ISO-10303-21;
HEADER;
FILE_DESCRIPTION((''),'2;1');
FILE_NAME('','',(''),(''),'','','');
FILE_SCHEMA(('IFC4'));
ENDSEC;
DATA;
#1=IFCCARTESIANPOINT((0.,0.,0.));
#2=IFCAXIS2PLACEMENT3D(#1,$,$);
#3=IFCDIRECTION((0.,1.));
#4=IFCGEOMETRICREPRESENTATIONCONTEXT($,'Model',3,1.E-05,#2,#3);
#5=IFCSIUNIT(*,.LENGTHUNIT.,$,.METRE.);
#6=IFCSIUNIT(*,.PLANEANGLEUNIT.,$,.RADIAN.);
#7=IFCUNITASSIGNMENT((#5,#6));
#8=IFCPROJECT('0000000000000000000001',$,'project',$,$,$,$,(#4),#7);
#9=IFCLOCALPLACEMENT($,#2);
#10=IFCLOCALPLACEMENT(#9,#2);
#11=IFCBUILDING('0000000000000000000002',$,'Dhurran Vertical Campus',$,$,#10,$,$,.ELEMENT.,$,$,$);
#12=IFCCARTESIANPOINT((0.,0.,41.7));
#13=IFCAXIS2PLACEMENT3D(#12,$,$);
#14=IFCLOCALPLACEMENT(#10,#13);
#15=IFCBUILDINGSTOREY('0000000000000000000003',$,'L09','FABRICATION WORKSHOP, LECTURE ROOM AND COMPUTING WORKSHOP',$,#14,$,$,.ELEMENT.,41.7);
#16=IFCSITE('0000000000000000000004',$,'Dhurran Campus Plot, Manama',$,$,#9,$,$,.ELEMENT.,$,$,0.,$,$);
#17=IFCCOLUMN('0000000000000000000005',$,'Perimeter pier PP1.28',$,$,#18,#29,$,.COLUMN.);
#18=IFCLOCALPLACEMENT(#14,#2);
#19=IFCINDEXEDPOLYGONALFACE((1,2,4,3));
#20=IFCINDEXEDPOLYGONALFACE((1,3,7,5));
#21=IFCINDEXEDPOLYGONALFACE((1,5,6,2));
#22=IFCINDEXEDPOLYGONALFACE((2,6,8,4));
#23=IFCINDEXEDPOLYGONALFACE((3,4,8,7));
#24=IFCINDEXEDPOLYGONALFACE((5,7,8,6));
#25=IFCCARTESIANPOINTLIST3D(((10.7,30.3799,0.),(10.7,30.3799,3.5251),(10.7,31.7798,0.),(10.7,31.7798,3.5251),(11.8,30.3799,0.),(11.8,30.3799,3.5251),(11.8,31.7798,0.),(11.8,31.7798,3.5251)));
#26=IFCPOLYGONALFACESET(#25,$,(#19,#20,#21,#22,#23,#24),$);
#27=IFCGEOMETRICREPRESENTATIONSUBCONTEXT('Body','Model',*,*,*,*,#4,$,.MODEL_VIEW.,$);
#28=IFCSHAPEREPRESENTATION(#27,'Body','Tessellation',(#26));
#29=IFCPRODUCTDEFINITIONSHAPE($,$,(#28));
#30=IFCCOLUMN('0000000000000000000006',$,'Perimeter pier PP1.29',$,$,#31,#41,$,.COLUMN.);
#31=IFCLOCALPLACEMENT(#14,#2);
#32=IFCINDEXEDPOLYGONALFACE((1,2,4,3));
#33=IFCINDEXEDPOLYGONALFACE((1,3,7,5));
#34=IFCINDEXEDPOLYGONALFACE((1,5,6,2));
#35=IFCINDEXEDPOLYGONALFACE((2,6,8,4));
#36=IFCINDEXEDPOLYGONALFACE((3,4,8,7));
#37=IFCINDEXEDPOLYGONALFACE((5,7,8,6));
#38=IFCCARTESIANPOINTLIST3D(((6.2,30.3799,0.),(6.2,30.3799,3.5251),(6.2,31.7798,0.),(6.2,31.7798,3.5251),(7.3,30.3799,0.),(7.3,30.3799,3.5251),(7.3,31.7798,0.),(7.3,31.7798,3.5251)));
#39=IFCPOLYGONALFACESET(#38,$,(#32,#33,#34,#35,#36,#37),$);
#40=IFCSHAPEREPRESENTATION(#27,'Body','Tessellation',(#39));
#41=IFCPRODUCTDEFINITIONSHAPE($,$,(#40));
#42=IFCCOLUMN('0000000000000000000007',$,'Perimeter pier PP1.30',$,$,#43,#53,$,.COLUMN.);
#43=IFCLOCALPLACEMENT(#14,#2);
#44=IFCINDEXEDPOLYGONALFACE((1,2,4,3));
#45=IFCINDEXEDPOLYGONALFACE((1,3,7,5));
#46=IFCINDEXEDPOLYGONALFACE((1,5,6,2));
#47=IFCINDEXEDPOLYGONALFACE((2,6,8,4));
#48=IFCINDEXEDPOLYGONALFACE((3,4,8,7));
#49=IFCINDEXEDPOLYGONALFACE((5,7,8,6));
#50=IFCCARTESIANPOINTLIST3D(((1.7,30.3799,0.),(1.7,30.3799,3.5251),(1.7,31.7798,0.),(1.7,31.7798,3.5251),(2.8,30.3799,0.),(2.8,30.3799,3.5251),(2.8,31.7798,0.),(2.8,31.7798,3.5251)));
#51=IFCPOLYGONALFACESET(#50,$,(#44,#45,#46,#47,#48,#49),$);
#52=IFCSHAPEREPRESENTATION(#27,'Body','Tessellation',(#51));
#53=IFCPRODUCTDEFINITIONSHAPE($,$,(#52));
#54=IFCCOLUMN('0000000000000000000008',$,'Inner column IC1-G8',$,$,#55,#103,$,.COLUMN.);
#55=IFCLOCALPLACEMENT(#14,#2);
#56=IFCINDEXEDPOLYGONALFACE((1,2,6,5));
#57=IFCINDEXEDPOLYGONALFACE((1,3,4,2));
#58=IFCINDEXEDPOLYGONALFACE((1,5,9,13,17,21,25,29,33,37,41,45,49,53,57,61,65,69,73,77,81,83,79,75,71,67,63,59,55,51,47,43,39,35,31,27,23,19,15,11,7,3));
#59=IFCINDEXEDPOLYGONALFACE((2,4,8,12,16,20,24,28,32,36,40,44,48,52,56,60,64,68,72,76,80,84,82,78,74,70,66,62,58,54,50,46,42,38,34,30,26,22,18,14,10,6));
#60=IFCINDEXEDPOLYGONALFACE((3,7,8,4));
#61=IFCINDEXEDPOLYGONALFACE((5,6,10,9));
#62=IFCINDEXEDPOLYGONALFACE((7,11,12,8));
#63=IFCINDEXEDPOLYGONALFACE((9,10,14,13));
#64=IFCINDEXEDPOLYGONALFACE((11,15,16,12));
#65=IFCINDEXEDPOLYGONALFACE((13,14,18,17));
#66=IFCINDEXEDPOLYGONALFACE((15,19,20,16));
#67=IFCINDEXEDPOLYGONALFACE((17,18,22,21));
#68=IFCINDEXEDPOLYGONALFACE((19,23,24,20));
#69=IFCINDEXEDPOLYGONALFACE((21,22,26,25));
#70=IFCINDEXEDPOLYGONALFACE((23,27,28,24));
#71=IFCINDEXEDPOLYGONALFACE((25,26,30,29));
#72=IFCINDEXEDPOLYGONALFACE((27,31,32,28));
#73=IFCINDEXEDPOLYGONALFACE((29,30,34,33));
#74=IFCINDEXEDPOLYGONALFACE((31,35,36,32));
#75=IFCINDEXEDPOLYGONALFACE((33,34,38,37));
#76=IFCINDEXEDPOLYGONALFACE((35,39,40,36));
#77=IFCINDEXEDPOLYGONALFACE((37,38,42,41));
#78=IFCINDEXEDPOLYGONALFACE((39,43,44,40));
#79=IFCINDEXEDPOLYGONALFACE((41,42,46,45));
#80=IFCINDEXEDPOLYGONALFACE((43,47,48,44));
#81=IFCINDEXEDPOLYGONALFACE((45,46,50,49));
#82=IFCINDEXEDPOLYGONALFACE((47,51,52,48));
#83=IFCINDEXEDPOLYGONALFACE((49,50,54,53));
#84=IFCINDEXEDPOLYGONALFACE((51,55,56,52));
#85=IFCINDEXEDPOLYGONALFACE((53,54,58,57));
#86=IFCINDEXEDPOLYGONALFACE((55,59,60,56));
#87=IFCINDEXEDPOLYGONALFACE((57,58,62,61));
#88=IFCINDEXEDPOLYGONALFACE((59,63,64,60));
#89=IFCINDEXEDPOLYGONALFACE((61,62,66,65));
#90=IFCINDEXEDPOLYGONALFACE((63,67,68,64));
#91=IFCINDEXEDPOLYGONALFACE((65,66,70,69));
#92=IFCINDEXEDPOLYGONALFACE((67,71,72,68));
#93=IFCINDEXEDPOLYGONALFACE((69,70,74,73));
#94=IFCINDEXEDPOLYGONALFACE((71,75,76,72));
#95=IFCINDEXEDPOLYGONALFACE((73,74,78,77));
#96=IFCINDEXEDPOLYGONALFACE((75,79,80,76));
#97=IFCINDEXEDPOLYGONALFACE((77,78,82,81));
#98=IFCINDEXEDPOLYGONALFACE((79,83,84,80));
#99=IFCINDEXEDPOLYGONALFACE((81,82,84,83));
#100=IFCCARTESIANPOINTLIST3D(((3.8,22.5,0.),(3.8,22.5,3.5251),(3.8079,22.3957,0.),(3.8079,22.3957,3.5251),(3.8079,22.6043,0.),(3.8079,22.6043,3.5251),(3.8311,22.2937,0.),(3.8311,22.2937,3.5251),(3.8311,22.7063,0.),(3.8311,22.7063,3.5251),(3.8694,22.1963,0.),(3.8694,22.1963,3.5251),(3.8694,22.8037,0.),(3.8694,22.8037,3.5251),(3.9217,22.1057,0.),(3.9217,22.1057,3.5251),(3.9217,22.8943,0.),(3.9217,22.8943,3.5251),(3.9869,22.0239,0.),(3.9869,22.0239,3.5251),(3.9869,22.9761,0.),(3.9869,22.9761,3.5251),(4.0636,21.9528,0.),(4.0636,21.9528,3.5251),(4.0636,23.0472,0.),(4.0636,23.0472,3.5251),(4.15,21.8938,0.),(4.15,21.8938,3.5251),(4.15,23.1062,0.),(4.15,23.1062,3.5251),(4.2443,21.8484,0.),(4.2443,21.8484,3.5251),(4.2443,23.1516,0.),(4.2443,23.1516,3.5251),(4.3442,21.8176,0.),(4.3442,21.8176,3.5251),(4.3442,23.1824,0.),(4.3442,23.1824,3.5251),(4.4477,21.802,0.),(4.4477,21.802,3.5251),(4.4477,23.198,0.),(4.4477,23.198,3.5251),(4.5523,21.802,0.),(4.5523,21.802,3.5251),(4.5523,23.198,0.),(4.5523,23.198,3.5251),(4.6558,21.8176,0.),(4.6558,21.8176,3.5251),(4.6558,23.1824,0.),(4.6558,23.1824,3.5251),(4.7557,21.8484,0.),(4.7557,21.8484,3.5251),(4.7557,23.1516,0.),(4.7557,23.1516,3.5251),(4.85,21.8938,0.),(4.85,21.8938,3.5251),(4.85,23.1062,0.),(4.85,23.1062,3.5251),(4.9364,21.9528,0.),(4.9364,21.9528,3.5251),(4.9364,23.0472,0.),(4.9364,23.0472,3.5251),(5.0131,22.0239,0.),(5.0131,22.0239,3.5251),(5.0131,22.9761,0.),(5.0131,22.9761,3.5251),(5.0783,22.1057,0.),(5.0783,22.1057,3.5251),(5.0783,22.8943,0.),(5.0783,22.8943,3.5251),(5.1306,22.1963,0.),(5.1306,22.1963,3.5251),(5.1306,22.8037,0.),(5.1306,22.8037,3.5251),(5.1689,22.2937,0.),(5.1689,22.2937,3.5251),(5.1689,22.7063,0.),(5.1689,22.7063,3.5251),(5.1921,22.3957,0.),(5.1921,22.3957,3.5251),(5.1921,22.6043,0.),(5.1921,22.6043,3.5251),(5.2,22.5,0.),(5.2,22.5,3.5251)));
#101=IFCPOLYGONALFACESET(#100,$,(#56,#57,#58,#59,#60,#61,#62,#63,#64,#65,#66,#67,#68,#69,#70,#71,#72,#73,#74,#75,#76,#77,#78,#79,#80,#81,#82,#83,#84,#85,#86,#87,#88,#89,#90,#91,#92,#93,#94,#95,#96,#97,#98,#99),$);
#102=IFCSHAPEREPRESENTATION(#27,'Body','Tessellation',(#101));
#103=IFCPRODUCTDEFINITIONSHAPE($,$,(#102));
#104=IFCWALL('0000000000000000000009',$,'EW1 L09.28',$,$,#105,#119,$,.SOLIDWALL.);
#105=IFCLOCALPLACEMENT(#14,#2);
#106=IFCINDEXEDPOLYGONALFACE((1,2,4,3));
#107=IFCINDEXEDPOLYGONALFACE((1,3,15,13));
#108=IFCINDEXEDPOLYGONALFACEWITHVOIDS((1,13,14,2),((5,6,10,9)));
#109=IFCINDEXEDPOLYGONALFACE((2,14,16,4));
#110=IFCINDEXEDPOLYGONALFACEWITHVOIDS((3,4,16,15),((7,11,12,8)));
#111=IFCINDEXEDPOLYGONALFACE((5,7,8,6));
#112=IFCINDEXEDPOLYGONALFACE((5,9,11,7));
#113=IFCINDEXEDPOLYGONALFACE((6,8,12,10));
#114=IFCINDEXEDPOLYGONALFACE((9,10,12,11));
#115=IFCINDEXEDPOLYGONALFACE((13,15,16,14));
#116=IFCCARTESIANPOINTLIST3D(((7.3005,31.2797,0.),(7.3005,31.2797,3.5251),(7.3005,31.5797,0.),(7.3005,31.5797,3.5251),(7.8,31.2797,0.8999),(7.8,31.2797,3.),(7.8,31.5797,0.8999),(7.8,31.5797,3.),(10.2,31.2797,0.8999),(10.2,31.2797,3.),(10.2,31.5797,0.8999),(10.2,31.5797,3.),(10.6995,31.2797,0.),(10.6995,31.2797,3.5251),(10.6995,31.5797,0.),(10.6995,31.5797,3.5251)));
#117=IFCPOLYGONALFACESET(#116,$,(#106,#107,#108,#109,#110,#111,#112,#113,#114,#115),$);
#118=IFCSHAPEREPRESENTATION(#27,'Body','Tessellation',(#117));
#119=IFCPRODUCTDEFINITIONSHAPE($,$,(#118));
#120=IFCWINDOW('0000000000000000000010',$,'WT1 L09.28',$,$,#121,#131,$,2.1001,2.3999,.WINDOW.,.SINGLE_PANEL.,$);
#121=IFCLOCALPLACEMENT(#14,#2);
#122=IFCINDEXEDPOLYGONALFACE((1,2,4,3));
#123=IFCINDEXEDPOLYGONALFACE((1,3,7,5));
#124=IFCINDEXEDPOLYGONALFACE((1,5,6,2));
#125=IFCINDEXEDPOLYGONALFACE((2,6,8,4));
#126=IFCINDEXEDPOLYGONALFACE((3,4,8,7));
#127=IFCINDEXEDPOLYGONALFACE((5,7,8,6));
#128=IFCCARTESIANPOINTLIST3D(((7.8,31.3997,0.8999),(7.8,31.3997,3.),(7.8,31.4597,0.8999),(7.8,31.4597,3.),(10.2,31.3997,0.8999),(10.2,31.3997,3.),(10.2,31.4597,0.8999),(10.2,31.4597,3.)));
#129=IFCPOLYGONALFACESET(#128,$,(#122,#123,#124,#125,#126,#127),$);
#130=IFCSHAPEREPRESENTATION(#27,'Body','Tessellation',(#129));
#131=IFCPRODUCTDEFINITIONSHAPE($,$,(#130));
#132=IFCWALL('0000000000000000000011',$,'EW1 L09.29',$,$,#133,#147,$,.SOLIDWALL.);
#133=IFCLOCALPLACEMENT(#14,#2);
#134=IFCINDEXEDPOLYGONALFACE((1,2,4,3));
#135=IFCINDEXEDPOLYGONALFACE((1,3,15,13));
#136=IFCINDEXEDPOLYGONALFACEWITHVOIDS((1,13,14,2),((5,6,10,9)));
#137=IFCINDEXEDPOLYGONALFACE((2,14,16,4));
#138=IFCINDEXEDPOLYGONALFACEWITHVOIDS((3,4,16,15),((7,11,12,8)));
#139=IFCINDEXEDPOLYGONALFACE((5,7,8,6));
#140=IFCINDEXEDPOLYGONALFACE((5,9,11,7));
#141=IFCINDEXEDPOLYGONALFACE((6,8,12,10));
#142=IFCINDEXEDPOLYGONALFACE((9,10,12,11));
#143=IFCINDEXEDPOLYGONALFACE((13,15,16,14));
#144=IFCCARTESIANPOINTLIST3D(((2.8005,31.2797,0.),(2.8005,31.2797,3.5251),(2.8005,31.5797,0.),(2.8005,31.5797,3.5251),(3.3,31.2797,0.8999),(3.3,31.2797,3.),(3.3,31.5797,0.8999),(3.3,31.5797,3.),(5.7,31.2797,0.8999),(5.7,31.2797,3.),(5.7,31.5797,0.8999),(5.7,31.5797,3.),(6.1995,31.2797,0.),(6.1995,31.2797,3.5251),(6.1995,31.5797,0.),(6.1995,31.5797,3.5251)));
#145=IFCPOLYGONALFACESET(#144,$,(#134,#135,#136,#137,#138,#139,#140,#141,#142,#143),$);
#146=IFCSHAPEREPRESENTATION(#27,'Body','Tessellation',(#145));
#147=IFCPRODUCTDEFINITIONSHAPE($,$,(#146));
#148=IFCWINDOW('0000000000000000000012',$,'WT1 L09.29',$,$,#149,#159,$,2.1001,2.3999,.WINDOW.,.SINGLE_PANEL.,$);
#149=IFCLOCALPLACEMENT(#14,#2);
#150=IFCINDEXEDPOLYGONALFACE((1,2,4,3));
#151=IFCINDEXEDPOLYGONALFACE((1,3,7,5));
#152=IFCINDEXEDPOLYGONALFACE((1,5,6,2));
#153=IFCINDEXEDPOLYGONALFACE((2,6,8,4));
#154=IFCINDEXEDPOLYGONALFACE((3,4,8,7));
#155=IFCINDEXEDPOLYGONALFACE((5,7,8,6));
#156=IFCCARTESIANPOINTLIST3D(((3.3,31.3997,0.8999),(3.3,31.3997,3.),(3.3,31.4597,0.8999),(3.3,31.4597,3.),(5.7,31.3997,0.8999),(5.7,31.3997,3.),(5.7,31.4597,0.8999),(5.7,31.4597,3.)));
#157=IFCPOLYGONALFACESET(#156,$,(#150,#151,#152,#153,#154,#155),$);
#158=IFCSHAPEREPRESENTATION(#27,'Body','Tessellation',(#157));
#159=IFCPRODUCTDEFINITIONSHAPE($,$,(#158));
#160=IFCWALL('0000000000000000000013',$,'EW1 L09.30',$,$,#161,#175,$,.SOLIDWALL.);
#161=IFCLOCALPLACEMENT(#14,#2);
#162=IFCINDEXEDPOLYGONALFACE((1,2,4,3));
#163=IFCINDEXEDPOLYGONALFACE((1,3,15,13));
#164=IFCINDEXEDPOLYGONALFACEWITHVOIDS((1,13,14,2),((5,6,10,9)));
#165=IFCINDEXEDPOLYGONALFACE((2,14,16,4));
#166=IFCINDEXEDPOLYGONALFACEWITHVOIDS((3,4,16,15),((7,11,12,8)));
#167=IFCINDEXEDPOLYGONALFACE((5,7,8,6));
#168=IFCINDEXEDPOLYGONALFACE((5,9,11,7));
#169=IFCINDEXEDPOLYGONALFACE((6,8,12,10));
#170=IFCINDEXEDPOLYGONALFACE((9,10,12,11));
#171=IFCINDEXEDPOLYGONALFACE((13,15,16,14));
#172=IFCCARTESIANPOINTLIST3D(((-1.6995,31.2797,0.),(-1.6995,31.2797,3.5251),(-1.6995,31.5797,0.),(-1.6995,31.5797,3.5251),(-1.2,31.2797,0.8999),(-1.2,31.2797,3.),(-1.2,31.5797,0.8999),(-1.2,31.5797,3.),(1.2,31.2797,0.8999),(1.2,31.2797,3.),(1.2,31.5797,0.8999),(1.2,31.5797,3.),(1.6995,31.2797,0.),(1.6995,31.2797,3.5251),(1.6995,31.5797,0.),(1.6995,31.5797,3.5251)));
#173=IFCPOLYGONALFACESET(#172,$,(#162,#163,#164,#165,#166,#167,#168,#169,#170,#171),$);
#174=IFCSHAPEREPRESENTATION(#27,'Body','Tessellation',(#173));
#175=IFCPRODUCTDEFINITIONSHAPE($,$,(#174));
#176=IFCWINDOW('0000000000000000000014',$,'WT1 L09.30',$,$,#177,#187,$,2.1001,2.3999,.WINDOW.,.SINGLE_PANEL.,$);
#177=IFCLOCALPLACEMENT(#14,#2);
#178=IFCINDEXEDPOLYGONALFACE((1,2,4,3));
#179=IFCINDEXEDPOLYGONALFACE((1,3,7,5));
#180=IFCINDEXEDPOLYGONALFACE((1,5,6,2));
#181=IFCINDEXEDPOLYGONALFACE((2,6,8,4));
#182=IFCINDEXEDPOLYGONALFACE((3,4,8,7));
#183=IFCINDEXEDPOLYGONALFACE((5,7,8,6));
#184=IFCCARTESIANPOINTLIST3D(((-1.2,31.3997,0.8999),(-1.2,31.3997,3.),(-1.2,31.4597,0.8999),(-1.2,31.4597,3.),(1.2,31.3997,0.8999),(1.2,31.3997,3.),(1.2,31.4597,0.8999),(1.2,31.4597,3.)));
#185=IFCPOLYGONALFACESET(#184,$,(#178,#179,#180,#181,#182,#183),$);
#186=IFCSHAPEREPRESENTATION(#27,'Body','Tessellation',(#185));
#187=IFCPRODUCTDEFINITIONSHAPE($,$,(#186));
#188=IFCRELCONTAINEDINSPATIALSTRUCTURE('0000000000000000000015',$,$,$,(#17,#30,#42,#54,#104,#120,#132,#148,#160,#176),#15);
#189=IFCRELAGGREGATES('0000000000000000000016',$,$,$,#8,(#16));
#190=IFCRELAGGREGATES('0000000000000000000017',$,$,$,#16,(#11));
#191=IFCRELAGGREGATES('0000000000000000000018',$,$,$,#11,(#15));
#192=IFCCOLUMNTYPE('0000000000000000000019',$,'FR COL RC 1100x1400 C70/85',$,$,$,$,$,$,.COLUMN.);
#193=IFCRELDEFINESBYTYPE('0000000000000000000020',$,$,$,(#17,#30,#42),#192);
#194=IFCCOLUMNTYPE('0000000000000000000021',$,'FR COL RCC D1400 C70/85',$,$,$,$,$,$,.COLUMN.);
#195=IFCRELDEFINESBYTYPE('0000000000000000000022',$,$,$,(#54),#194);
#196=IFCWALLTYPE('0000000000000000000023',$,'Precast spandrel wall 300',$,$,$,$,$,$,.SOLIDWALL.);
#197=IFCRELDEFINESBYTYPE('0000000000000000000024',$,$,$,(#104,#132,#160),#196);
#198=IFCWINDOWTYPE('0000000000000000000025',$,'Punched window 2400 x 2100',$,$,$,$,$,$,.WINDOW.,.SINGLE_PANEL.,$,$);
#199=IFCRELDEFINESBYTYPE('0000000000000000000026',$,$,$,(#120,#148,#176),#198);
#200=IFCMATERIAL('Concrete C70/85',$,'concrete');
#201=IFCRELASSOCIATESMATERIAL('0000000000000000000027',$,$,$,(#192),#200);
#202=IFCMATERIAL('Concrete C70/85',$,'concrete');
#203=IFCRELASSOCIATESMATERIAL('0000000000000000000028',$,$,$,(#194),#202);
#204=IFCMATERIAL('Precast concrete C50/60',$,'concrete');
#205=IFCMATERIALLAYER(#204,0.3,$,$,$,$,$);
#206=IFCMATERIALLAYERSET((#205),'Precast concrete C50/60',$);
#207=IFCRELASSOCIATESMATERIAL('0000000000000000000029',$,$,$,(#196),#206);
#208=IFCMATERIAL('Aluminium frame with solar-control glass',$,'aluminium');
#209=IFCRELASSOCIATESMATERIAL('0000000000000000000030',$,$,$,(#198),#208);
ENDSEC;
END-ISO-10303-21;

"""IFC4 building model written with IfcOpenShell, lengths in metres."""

from ifc_helpers import new_model, si_unit, direction, frame, frame_2d, origin, origin_2d, place, context, subcontext, project, spatial, rectangle, circle, extrude, material, layer, layer_set, material_profile, profile_set, type_object, element, fill, save


model = new_model("IFC4")

# Units and contexts
model_context = context("Model", 3, precision=1e-05, world=origin(), true_north=direction((0.0, 1.0)))
body_context = subcontext(model_context, "Body", "Model", "MODEL_VIEW")
ifc_project = project(units=[si_unit("LENGTHUNIT", "METRE"), si_unit("PLANEANGLEUNIT", "RADIAN")], contexts=[model_context])

# Site, building, storey
site_placement = place(None, origin())
site = spatial("IfcSite", under=ifc_project, at=site_placement, Name="Dhurran Campus Plot, Manama", CompositionType="ELEMENT", RefElevation=0.0)
building_placement = place(site_placement, origin())
building = spatial("IfcBuilding", under=site, at=building_placement, Name="Dhurran Vertical Campus", CompositionType="ELEMENT")
storey_placement = place(building_placement, frame((0.0, 0.0, 41.7)))
storey = spatial("IfcBuildingStorey", under=building, at=storey_placement, Name="L09", Description="FABRICATION WORKSHOP, LECTURE ROOM AND COMPUTING WORKSHOP", CompositionType="ELEMENT", Elevation=41.7)

# Columns
ifc_material_1 = material(Name="Concrete C70/85", Category="concrete")
ifc_material_profile_1 = material_profile(ifc_material_1, rectangle(XDim=1.1001, YDim=1.3999, at=origin_2d()), Name="RC 1100x1400")
ifc_profile_set_1 = profile_set([ifc_material_profile_1], Name="Concrete C70/85")
column_type_1 = type_object("IfcColumnType", Name="FR COL RC 1100x1400 C70/85", PredefinedType="COLUMN", material=ifc_profile_set_1)
for number, where, z_axis, x_axis, name in (
    (1, (11.25, 31.0798, 0.0), (0.0, 0.0, 1.0), (-1.0, 0.0, 0.0), "Perimeter pier PP1.28"),
    (2, (6.75, 31.0798, 0.0), (0.0, 0.0, 1.0), (-1.0, 0.0, 0.0), "Perimeter pier PP1.29"),
    (3, (2.25, 31.0798, 0.0), (0.0, 0.0, 1.0), (-1.0, 0.0, 0.0), "Perimeter pier PP1.30"),
):
    element("IfcColumn", number, at=place(storey_placement, frame(where, z_axis=z_axis, x_axis=x_axis)), inside=storey, type_object=column_type_1, Name=name, PredefinedType="COLUMN", context=body_context, shape_type="SweptSolid", body=[
        extrude(rectangle(XDim=1.1001, YDim=1.3999, at=origin_2d()), origin(), (0.0, 0.0, 1.0), 3.5251),
    ])
ifc_material_2 = material(Name="Concrete C70/85", Category="concrete")
ifc_material_profile_2 = material_profile(ifc_material_2, circle(Radius=0.7, at=origin_2d()), Name="RCC D1400")
ifc_profile_set_2 = profile_set([ifc_material_profile_2], Name="Concrete C70/85")
column_type_2 = type_object("IfcColumnType", Name="FR COL RCC D1400 C70/85", PredefinedType="COLUMN", material=ifc_profile_set_2)
column_placement = place(storey_placement, frame((4.5, 22.5, 0.0), z_axis=(0.0, 0.0, 1.0), x_axis=(1.0, 0.0, 0.0)))
element("IfcColumn", 4, at=column_placement, inside=storey, type_object=column_type_2, Name="Inner column IC1-G8", PredefinedType="COLUMN", context=body_context, shape_type="SweptSolid", body=[
    extrude(circle(Radius=0.7, at=origin_2d()), origin(), (0.0, 0.0, 1.0), 3.5251),
])

# Walls, openings, windows
ifc_material_3 = material(Name="Precast concrete C50/60", Category="concrete")
ifc_layer_1 = layer(ifc_material_3, 0.3)
ifc_layer_set_1 = layer_set([ifc_layer_1], Name="Precast concrete C50/60")
wall_type_1 = type_object("IfcWallType", Name="Precast spandrel wall 300", PredefinedType="SOLIDWALL", material=ifc_layer_set_1)
wall_1_placement = place(storey_placement, frame((10.6995, 31.4297, 0.0), z_axis=(0.0, 0.0, 1.0), x_axis=(-1.0, 0.0, 0.0)))
wall_1 = element("IfcWall", 5, at=wall_1_placement, inside=storey, type_object=wall_type_1, Name="EW1 L09.28", PredefinedType="SOLIDWALL", context=body_context, shape_type="SweptSolid", body=[
    extrude(rectangle(XDim=3.3989, YDim=0.3, at=frame_2d((1.6995, 0.0))), origin(), (0.0, 0.0, 1.0), 3.5251),
])
opening_1_placement = place(wall_1_placement, frame((0.4995, 0.0, 0.8999)))
opening_1 = element("IfcOpeningElement", 6, at=opening_1_placement, cuts=wall_1, PredefinedType="OPENING", context=body_context, shape_type="SweptSolid", body=[
    extrude(rectangle(XDim=2.3999, YDim=2.1001, at=frame_2d((1.2, 1.05))), frame((0.0, 0.1599, 0.0), z_axis=(0.0, -1.0, 0.0), x_axis=(1.0, 0.0, 0.0)), (0.0, 0.0, 1.0), 0.3201),
])
ifc_material_4 = material(Name="Aluminium frame with solar-control glass", Category="aluminium")
window_type = type_object("IfcWindowType", Name="Punched window 2400 x 2100", PartitioningType="SINGLE_PANEL", PredefinedType="WINDOW", material=ifc_material_4)
window_1_placement = place(opening_1_placement, origin())
window_1 = element("IfcWindow", 7, at=window_1_placement, inside=storey, type_object=window_type, Name="WT1 L09.28", OverallHeight=2.1001, OverallWidth=2.3999, PartitioningType="SINGLE_PANEL", PredefinedType="WINDOW", context=body_context, shape_type="SweptSolid", body=[
    extrude(rectangle(XDim=2.3999, YDim=2.1001, at=frame_2d((1.2, 1.05))), frame((0.0, 0.03, 0.0), z_axis=(0.0, -1.0, 0.0), x_axis=(1.0, 0.0, 0.0)), (0.0, 0.0, 1.0), 0.0601),
])
fill(opening_1, window_1)
wall_2_placement = place(storey_placement, frame((6.1995, 31.4297, 0.0), z_axis=(0.0, 0.0, 1.0), x_axis=(-1.0, 0.0, 0.0)))
wall_2 = element("IfcWall", 8, at=wall_2_placement, inside=storey, type_object=wall_type_1, Name="EW1 L09.29", PredefinedType="SOLIDWALL", context=body_context, shape_type="SweptSolid", body=[
    extrude(rectangle(XDim=3.3989, YDim=0.3, at=frame_2d((1.6995, 0.0))), origin(), (0.0, 0.0, 1.0), 3.5251),
])
opening_2_placement = place(wall_2_placement, frame((0.4995, 0.0, 0.8999)))
opening_2 = element("IfcOpeningElement", 9, at=opening_2_placement, cuts=wall_2, PredefinedType="OPENING", context=body_context, shape_type="SweptSolid", body=[
    extrude(rectangle(XDim=2.3999, YDim=2.1001, at=frame_2d((1.2, 1.05))), frame((0.0, 0.1599, 0.0), z_axis=(0.0, -1.0, 0.0), x_axis=(1.0, 0.0, 0.0)), (0.0, 0.0, 1.0), 0.3201),
])
window_2_placement = place(opening_2_placement, origin())
window_2 = element("IfcWindow", 10, at=window_2_placement, inside=storey, type_object=window_type, Name="WT1 L09.29", OverallHeight=2.1001, OverallWidth=2.3999, PartitioningType="SINGLE_PANEL", PredefinedType="WINDOW", context=body_context, shape_type="SweptSolid", body=[
    extrude(rectangle(XDim=2.3999, YDim=2.1001, at=frame_2d((1.2, 1.05))), frame((0.0, 0.03, 0.0), z_axis=(0.0, -1.0, 0.0), x_axis=(1.0, 0.0, 0.0)), (0.0, 0.0, 1.0), 0.0601),
])
fill(opening_2, window_2)
wall_3_placement = place(storey_placement, frame((1.6995, 31.4297, 0.0), z_axis=(0.0, 0.0, 1.0), x_axis=(-1.0, 0.0, 0.0)))
wall_3 = element("IfcWall", 11, at=wall_3_placement, inside=storey, type_object=wall_type_1, Name="EW1 L09.30", PredefinedType="SOLIDWALL", context=body_context, shape_type="SweptSolid", body=[
    extrude(rectangle(XDim=3.3989, YDim=0.3, at=frame_2d((1.6995, 0.0))), origin(), (0.0, 0.0, 1.0), 3.5251),
])
opening_3_placement = place(wall_3_placement, frame((0.4995, 0.0, 0.8999)))
opening_3 = element("IfcOpeningElement", 12, at=opening_3_placement, cuts=wall_3, PredefinedType="OPENING", context=body_context, shape_type="SweptSolid", body=[
    extrude(rectangle(XDim=2.3999, YDim=2.1001, at=frame_2d((1.2, 1.05))), frame((0.0, 0.1599, 0.0), z_axis=(0.0, -1.0, 0.0), x_axis=(1.0, 0.0, 0.0)), (0.0, 0.0, 1.0), 0.3201),
])
window_3_placement = place(opening_3_placement, origin())
window_3 = element("IfcWindow", 13, at=window_3_placement, inside=storey, type_object=window_type, Name="WT1 L09.30", OverallHeight=2.1001, OverallWidth=2.3999, PartitioningType="SINGLE_PANEL", PredefinedType="WINDOW", context=body_context, shape_type="SweptSolid", body=[
    extrude(rectangle(XDim=2.3999, YDim=2.1001, at=frame_2d((1.2, 1.05))), frame((0.0, 0.03, 0.0), z_axis=(0.0, -1.0, 0.0), x_axis=(1.0, 0.0, 0.0)), (0.0, 0.0, 1.0), 0.0601),
])
fill(opening_3, window_3)

save(model, "model.ifc")
